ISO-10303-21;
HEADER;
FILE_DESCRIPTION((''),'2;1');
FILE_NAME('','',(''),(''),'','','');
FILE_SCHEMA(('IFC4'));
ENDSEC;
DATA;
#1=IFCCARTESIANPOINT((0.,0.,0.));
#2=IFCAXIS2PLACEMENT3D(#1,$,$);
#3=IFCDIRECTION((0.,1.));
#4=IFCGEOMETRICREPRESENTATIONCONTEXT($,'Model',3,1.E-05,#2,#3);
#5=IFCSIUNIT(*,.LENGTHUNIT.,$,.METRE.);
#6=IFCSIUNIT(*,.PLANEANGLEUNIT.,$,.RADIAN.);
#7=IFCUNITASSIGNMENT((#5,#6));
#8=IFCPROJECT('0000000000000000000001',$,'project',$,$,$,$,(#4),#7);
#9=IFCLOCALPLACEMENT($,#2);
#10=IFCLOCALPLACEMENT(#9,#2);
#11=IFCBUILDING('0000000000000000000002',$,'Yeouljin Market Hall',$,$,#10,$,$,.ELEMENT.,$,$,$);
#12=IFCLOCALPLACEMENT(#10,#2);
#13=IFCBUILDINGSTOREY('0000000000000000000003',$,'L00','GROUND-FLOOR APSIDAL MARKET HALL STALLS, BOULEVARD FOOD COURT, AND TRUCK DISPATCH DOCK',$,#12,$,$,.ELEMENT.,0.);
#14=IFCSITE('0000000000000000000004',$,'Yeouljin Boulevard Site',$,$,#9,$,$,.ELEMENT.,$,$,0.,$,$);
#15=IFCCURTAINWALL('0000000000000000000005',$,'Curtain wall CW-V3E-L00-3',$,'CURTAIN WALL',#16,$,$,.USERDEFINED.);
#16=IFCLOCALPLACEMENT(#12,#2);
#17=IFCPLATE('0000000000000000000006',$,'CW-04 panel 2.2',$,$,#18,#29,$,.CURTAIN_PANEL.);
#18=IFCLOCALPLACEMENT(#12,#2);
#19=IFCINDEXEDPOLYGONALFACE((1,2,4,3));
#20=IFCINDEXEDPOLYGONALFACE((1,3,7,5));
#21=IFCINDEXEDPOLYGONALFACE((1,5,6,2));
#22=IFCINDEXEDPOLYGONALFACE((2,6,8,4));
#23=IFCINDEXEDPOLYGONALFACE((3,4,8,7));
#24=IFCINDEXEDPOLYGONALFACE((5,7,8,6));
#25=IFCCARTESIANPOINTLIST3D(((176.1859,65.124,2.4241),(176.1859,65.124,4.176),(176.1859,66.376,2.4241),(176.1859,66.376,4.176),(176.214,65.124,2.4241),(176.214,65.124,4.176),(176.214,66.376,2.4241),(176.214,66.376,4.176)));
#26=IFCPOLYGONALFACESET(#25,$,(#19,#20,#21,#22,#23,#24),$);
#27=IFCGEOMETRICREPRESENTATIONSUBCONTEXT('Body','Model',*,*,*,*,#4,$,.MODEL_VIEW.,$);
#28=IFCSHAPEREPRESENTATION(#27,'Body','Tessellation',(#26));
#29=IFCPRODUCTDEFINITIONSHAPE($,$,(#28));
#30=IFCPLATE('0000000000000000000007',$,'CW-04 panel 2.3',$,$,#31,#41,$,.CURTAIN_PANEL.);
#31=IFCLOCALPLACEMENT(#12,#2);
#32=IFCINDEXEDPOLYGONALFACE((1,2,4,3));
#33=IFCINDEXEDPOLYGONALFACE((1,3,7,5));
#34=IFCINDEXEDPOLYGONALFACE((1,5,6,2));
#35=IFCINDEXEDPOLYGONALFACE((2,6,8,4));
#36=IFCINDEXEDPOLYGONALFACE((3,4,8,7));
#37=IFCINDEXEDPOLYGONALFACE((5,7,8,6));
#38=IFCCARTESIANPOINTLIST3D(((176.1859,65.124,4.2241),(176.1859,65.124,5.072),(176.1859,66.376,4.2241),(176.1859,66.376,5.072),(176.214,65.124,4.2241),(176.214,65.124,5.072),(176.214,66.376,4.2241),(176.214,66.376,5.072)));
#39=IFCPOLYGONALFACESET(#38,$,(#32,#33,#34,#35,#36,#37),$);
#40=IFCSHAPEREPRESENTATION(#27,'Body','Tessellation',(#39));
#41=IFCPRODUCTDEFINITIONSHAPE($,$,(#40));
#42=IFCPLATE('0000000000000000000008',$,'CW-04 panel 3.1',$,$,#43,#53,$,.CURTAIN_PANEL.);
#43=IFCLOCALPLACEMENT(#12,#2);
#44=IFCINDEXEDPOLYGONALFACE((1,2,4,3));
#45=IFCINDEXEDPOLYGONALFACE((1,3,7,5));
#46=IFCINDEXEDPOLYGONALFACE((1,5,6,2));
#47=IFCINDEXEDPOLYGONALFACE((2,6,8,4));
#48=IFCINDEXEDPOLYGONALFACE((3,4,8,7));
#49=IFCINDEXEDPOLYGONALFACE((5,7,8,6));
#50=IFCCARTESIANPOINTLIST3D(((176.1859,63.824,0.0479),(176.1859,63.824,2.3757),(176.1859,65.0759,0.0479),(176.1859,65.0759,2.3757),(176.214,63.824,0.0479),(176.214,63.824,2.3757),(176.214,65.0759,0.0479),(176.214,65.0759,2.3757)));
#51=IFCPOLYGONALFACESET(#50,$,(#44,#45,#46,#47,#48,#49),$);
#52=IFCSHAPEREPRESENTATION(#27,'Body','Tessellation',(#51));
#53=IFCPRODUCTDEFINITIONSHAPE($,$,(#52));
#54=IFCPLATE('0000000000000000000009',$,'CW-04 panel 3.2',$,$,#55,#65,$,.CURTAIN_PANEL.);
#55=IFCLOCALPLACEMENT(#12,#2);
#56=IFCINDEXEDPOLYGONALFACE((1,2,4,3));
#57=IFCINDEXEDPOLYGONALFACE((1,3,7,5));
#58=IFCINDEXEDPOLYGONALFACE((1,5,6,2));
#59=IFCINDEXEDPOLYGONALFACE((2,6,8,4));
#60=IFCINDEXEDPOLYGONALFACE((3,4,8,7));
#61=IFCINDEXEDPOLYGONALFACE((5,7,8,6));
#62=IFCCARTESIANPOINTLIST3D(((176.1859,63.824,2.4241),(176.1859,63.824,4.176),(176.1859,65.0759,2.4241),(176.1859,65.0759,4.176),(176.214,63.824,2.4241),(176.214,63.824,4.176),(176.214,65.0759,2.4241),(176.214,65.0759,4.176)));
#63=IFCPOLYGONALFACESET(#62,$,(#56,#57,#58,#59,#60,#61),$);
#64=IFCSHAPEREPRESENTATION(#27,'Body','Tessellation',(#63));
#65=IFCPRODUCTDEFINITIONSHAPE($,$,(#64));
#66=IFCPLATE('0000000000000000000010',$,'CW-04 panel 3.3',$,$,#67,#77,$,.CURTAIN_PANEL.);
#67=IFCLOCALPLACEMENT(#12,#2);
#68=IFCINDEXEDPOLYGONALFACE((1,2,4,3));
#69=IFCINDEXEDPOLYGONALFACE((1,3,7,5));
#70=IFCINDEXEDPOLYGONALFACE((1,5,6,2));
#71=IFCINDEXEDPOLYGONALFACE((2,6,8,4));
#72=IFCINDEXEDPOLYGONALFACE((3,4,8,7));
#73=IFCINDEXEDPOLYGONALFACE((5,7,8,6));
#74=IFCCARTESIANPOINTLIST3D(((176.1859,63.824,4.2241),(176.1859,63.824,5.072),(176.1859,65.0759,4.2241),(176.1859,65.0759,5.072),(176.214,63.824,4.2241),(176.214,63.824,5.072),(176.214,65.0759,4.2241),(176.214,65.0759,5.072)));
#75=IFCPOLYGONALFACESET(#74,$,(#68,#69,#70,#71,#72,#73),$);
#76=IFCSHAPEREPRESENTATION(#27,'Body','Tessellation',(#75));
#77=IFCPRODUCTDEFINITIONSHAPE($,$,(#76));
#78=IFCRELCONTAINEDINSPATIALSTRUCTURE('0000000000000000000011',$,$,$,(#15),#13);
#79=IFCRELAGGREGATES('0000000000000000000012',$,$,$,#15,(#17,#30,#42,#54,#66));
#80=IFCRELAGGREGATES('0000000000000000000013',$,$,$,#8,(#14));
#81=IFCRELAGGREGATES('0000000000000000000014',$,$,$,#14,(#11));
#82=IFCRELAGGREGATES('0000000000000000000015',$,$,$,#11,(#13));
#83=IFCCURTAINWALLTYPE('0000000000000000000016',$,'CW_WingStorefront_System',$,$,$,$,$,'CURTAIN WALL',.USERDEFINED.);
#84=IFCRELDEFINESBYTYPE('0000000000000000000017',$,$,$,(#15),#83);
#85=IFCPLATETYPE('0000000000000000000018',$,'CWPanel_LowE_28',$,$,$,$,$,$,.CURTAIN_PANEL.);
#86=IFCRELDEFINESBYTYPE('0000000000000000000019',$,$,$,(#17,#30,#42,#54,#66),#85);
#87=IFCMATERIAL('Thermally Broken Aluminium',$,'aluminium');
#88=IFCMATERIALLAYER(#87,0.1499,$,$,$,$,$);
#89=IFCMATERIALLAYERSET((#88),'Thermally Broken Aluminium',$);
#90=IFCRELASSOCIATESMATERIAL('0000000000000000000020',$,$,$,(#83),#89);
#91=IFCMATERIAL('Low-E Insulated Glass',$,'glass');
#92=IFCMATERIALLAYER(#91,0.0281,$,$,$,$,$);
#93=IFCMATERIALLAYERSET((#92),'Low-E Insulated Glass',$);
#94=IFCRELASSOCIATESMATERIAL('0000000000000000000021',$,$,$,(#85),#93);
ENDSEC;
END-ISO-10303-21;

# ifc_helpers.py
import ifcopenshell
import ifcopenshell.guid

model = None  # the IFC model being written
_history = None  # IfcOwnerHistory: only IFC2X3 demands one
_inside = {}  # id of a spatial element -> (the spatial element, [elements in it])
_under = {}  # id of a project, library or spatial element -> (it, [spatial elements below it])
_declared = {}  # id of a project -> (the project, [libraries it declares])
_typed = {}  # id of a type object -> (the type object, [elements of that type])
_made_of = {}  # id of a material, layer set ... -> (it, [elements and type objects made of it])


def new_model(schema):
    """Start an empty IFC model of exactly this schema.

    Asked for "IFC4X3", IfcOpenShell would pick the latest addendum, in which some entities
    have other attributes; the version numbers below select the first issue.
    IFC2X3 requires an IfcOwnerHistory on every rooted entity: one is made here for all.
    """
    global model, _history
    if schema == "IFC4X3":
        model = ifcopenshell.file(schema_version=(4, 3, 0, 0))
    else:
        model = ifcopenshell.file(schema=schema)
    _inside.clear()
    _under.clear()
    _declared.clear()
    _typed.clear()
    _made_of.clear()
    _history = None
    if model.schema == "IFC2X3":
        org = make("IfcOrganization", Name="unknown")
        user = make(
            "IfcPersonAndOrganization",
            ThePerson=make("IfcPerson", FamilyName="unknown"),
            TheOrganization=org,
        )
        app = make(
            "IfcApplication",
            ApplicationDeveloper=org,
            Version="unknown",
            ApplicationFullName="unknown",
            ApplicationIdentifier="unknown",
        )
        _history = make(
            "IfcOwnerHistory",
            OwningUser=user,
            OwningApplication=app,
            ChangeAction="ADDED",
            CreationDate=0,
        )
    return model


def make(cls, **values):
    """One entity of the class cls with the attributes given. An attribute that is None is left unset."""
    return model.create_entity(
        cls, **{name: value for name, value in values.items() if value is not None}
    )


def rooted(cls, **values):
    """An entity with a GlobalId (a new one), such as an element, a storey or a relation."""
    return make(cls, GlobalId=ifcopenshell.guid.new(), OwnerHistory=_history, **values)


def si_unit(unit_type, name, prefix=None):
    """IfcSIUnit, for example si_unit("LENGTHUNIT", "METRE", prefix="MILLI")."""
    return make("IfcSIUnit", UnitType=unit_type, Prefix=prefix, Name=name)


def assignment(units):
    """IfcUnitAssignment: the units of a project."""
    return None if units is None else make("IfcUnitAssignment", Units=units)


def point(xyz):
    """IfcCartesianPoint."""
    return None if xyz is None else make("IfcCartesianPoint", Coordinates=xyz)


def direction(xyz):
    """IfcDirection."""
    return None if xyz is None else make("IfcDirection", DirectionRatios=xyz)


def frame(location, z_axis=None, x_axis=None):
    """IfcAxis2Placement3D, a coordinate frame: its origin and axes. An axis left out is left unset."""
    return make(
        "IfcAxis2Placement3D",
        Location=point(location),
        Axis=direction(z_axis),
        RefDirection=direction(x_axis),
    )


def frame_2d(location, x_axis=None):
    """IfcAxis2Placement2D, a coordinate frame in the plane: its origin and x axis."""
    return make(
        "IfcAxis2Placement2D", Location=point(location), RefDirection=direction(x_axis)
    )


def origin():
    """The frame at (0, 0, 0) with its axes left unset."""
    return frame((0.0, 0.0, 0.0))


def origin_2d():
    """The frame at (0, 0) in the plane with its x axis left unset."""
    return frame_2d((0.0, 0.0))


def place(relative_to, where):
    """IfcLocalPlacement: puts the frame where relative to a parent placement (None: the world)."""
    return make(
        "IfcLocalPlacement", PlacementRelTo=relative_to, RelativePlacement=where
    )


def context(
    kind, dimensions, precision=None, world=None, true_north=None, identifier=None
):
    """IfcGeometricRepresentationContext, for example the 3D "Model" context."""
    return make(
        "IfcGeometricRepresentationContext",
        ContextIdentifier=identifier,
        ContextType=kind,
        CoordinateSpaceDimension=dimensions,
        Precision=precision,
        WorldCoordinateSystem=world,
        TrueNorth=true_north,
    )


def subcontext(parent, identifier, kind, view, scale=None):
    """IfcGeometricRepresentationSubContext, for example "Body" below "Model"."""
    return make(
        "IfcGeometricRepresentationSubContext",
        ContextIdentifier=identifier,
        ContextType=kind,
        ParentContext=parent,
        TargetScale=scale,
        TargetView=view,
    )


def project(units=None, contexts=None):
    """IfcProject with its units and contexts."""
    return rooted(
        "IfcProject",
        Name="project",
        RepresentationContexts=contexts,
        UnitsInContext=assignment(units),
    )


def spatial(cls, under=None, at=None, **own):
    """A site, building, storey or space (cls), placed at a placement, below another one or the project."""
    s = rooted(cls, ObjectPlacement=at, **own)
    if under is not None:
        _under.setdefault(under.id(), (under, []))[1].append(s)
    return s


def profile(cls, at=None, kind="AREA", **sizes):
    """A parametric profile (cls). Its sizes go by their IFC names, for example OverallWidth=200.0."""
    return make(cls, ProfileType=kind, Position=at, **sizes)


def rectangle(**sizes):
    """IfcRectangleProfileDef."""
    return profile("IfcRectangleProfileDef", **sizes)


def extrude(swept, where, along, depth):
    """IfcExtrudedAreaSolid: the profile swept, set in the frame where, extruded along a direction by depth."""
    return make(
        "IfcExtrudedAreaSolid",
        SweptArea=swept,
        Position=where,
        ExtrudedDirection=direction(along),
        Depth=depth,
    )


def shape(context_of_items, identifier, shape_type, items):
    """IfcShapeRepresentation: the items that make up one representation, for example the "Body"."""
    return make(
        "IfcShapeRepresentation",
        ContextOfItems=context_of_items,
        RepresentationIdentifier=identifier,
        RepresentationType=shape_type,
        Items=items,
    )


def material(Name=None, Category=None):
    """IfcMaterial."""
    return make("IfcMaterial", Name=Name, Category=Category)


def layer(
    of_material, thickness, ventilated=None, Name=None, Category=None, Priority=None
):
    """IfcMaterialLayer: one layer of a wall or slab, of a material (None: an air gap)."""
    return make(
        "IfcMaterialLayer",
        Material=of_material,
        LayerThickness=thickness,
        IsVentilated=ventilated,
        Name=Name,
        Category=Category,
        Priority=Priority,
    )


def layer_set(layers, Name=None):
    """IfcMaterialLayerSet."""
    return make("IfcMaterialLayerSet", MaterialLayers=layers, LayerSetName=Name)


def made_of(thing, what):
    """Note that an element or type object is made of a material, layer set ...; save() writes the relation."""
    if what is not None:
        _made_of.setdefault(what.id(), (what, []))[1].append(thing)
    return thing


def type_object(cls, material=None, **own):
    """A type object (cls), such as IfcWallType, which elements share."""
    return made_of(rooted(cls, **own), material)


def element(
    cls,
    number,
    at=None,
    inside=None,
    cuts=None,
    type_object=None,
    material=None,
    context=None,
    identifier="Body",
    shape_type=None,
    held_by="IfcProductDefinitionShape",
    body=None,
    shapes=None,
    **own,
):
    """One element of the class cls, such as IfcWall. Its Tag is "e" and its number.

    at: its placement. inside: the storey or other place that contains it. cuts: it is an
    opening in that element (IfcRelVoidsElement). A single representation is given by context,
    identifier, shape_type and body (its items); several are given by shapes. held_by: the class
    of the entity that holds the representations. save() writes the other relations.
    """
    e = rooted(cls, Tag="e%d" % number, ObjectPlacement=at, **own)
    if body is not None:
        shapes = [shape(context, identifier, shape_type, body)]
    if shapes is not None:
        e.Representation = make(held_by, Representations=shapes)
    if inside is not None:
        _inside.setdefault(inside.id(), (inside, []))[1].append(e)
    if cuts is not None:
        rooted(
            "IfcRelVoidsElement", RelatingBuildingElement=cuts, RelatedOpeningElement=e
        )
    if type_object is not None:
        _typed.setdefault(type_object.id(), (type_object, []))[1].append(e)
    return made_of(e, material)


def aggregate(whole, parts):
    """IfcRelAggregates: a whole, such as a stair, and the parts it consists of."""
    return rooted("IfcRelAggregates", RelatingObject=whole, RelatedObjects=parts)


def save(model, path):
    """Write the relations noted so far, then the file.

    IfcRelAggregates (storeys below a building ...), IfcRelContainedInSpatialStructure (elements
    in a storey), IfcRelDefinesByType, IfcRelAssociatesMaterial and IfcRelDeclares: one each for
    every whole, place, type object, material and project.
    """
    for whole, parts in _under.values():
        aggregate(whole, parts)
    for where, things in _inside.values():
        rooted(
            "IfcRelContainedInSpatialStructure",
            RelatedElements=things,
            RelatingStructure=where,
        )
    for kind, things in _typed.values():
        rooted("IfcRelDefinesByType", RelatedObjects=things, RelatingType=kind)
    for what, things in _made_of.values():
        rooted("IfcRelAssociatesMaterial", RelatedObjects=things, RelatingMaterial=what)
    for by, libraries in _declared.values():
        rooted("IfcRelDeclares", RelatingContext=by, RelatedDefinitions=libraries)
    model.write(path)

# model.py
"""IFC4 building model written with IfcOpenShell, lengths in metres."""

from ifc_helpers import new_model, si_unit, direction, frame, origin, origin_2d, place, context, subcontext, project, spatial, rectangle, extrude, material, layer, layer_set, type_object, element, aggregate, save


model = new_model("IFC4")

# Units and contexts
model_context = context("Model", 3, precision=1e-05, world=origin(), true_north=direction((0.0, 1.0)))
body_context = subcontext(model_context, "Body", "Model", "MODEL_VIEW")
ifc_project = project(units=[si_unit("LENGTHUNIT", "METRE"), si_unit("PLANEANGLEUNIT", "RADIAN")], contexts=[model_context])

# Site, building, storey
site_placement = place(None, origin())
site = spatial("IfcSite", under=ifc_project, at=site_placement, Name="Yeouljin Boulevard Site", CompositionType="ELEMENT", RefElevation=0.0)
building_placement = place(site_placement, origin())
building = spatial("IfcBuilding", under=site, at=building_placement, Name="Yeouljin Market Hall", CompositionType="ELEMENT")
storey_placement = place(building_placement, origin())
storey = spatial("IfcBuildingStorey", under=building, at=storey_placement, Name="L00", Description="GROUND-FLOOR APSIDAL MARKET HALL STALLS, BOULEVARD FOOD COURT, AND TRUCK DISPATCH DOCK", CompositionType="ELEMENT", Elevation=0.0)

# Curtain wall
ifc_material_1 = material(Name="Thermally Broken Aluminium", Category="aluminium")
ifc_layer_1 = layer(ifc_material_1, 0.1499)
ifc_layer_set_1 = layer_set([ifc_layer_1], Name="Thermally Broken Aluminium")
curtain_wall_type = type_object("IfcCurtainWallType", Name="CW_WingStorefront_System", ElementType="CURTAIN WALL", PredefinedType="USERDEFINED", material=ifc_layer_set_1)
curtain_wall_1_placement = place(storey_placement, origin())
curtain_wall_1 = element("IfcCurtainWall", 1, at=curtain_wall_1_placement, inside=storey, type_object=curtain_wall_type, Name="Curtain wall CW-V3E-L00-3", ObjectType="CURTAIN WALL", PredefinedType="USERDEFINED")

# Plates
ifc_material_2 = material(Name="Low-E Insulated Glass", Category="glass")
ifc_layer_2 = layer(ifc_material_2, 0.0281)
ifc_layer_set_2 = layer_set([ifc_layer_2], Name="Low-E Insulated Glass")
plate_type = type_object("IfcPlateType", Name="CWPanel_LowE_28", PredefinedType="CURTAIN_PANEL", material=ifc_layer_set_2)
plate_1_placement = place(storey_placement, frame((176.2, 65.75, 2.4241), z_axis=(0.0, 0.0, 1.0), x_axis=(0.0, -1.0, 0.0)))
plate_1 = element("IfcPlate", 2, at=plate_1_placement, type_object=plate_type, Name="CW-04 panel 2.2", PredefinedType="CURTAIN_PANEL", context=body_context, shape_type="SweptSolid", body=[
    extrude(rectangle(XDim=1.252, YDim=0.0281, at=origin_2d()), origin(), (0.0, 0.0, 1.0), 1.752),
])
plate_2_placement = place(storey_placement, frame((176.2, 65.75, 4.2241), z_axis=(0.0, 0.0, 1.0), x_axis=(0.0, -1.0, 0.0)))
plate_2 = element("IfcPlate", 3, at=plate_2_placement, type_object=plate_type, Name="CW-04 panel 2.3", PredefinedType="CURTAIN_PANEL", context=body_context, shape_type="SweptSolid", body=[
    extrude(rectangle(XDim=1.252, YDim=0.0281, at=origin_2d()), origin(), (0.0, 0.0, 1.0), 0.8479),
])
plate_3_placement = place(storey_placement, frame((176.2, 64.45, 0.0479), z_axis=(0.0, 0.0, 1.0), x_axis=(0.0, -1.0, 0.0)))
plate_3 = element("IfcPlate", 4, at=plate_3_placement, type_object=plate_type, Name="CW-04 panel 3.1", PredefinedType="CURTAIN_PANEL", context=body_context, shape_type="SweptSolid", body=[
    extrude(rectangle(XDim=1.252, YDim=0.0281, at=origin_2d()), origin(), (0.0, 0.0, 1.0), 2.3279),
])
plate_4_placement = place(storey_placement, frame((176.2, 64.45, 2.4241), z_axis=(0.0, 0.0, 1.0), x_axis=(0.0, -1.0, 0.0)))
plate_4 = element("IfcPlate", 5, at=plate_4_placement, type_object=plate_type, Name="CW-04 panel 3.2", PredefinedType="CURTAIN_PANEL", context=body_context, shape_type="SweptSolid", body=[
    extrude(rectangle(XDim=1.252, YDim=0.0281, at=origin_2d()), origin(), (0.0, 0.0, 1.0), 1.752),
])
plate_5_placement = place(storey_placement, frame((176.2, 64.45, 4.2241), z_axis=(0.0, 0.0, 1.0), x_axis=(0.0, -1.0, 0.0)))
plate_5 = element("IfcPlate", 6, at=plate_5_placement, type_object=plate_type, Name="CW-04 panel 3.3", PredefinedType="CURTAIN_PANEL", context=body_context, shape_type="SweptSolid", body=[
    extrude(rectangle(XDim=1.252, YDim=0.0281, at=origin_2d()), origin(), (0.0, 0.0, 1.0), 0.8479),
])
aggregate(curtain_wall_1, [plate_1, plate_2, plate_3, plate_4, plate_5])

save(model, "model.ifc")
